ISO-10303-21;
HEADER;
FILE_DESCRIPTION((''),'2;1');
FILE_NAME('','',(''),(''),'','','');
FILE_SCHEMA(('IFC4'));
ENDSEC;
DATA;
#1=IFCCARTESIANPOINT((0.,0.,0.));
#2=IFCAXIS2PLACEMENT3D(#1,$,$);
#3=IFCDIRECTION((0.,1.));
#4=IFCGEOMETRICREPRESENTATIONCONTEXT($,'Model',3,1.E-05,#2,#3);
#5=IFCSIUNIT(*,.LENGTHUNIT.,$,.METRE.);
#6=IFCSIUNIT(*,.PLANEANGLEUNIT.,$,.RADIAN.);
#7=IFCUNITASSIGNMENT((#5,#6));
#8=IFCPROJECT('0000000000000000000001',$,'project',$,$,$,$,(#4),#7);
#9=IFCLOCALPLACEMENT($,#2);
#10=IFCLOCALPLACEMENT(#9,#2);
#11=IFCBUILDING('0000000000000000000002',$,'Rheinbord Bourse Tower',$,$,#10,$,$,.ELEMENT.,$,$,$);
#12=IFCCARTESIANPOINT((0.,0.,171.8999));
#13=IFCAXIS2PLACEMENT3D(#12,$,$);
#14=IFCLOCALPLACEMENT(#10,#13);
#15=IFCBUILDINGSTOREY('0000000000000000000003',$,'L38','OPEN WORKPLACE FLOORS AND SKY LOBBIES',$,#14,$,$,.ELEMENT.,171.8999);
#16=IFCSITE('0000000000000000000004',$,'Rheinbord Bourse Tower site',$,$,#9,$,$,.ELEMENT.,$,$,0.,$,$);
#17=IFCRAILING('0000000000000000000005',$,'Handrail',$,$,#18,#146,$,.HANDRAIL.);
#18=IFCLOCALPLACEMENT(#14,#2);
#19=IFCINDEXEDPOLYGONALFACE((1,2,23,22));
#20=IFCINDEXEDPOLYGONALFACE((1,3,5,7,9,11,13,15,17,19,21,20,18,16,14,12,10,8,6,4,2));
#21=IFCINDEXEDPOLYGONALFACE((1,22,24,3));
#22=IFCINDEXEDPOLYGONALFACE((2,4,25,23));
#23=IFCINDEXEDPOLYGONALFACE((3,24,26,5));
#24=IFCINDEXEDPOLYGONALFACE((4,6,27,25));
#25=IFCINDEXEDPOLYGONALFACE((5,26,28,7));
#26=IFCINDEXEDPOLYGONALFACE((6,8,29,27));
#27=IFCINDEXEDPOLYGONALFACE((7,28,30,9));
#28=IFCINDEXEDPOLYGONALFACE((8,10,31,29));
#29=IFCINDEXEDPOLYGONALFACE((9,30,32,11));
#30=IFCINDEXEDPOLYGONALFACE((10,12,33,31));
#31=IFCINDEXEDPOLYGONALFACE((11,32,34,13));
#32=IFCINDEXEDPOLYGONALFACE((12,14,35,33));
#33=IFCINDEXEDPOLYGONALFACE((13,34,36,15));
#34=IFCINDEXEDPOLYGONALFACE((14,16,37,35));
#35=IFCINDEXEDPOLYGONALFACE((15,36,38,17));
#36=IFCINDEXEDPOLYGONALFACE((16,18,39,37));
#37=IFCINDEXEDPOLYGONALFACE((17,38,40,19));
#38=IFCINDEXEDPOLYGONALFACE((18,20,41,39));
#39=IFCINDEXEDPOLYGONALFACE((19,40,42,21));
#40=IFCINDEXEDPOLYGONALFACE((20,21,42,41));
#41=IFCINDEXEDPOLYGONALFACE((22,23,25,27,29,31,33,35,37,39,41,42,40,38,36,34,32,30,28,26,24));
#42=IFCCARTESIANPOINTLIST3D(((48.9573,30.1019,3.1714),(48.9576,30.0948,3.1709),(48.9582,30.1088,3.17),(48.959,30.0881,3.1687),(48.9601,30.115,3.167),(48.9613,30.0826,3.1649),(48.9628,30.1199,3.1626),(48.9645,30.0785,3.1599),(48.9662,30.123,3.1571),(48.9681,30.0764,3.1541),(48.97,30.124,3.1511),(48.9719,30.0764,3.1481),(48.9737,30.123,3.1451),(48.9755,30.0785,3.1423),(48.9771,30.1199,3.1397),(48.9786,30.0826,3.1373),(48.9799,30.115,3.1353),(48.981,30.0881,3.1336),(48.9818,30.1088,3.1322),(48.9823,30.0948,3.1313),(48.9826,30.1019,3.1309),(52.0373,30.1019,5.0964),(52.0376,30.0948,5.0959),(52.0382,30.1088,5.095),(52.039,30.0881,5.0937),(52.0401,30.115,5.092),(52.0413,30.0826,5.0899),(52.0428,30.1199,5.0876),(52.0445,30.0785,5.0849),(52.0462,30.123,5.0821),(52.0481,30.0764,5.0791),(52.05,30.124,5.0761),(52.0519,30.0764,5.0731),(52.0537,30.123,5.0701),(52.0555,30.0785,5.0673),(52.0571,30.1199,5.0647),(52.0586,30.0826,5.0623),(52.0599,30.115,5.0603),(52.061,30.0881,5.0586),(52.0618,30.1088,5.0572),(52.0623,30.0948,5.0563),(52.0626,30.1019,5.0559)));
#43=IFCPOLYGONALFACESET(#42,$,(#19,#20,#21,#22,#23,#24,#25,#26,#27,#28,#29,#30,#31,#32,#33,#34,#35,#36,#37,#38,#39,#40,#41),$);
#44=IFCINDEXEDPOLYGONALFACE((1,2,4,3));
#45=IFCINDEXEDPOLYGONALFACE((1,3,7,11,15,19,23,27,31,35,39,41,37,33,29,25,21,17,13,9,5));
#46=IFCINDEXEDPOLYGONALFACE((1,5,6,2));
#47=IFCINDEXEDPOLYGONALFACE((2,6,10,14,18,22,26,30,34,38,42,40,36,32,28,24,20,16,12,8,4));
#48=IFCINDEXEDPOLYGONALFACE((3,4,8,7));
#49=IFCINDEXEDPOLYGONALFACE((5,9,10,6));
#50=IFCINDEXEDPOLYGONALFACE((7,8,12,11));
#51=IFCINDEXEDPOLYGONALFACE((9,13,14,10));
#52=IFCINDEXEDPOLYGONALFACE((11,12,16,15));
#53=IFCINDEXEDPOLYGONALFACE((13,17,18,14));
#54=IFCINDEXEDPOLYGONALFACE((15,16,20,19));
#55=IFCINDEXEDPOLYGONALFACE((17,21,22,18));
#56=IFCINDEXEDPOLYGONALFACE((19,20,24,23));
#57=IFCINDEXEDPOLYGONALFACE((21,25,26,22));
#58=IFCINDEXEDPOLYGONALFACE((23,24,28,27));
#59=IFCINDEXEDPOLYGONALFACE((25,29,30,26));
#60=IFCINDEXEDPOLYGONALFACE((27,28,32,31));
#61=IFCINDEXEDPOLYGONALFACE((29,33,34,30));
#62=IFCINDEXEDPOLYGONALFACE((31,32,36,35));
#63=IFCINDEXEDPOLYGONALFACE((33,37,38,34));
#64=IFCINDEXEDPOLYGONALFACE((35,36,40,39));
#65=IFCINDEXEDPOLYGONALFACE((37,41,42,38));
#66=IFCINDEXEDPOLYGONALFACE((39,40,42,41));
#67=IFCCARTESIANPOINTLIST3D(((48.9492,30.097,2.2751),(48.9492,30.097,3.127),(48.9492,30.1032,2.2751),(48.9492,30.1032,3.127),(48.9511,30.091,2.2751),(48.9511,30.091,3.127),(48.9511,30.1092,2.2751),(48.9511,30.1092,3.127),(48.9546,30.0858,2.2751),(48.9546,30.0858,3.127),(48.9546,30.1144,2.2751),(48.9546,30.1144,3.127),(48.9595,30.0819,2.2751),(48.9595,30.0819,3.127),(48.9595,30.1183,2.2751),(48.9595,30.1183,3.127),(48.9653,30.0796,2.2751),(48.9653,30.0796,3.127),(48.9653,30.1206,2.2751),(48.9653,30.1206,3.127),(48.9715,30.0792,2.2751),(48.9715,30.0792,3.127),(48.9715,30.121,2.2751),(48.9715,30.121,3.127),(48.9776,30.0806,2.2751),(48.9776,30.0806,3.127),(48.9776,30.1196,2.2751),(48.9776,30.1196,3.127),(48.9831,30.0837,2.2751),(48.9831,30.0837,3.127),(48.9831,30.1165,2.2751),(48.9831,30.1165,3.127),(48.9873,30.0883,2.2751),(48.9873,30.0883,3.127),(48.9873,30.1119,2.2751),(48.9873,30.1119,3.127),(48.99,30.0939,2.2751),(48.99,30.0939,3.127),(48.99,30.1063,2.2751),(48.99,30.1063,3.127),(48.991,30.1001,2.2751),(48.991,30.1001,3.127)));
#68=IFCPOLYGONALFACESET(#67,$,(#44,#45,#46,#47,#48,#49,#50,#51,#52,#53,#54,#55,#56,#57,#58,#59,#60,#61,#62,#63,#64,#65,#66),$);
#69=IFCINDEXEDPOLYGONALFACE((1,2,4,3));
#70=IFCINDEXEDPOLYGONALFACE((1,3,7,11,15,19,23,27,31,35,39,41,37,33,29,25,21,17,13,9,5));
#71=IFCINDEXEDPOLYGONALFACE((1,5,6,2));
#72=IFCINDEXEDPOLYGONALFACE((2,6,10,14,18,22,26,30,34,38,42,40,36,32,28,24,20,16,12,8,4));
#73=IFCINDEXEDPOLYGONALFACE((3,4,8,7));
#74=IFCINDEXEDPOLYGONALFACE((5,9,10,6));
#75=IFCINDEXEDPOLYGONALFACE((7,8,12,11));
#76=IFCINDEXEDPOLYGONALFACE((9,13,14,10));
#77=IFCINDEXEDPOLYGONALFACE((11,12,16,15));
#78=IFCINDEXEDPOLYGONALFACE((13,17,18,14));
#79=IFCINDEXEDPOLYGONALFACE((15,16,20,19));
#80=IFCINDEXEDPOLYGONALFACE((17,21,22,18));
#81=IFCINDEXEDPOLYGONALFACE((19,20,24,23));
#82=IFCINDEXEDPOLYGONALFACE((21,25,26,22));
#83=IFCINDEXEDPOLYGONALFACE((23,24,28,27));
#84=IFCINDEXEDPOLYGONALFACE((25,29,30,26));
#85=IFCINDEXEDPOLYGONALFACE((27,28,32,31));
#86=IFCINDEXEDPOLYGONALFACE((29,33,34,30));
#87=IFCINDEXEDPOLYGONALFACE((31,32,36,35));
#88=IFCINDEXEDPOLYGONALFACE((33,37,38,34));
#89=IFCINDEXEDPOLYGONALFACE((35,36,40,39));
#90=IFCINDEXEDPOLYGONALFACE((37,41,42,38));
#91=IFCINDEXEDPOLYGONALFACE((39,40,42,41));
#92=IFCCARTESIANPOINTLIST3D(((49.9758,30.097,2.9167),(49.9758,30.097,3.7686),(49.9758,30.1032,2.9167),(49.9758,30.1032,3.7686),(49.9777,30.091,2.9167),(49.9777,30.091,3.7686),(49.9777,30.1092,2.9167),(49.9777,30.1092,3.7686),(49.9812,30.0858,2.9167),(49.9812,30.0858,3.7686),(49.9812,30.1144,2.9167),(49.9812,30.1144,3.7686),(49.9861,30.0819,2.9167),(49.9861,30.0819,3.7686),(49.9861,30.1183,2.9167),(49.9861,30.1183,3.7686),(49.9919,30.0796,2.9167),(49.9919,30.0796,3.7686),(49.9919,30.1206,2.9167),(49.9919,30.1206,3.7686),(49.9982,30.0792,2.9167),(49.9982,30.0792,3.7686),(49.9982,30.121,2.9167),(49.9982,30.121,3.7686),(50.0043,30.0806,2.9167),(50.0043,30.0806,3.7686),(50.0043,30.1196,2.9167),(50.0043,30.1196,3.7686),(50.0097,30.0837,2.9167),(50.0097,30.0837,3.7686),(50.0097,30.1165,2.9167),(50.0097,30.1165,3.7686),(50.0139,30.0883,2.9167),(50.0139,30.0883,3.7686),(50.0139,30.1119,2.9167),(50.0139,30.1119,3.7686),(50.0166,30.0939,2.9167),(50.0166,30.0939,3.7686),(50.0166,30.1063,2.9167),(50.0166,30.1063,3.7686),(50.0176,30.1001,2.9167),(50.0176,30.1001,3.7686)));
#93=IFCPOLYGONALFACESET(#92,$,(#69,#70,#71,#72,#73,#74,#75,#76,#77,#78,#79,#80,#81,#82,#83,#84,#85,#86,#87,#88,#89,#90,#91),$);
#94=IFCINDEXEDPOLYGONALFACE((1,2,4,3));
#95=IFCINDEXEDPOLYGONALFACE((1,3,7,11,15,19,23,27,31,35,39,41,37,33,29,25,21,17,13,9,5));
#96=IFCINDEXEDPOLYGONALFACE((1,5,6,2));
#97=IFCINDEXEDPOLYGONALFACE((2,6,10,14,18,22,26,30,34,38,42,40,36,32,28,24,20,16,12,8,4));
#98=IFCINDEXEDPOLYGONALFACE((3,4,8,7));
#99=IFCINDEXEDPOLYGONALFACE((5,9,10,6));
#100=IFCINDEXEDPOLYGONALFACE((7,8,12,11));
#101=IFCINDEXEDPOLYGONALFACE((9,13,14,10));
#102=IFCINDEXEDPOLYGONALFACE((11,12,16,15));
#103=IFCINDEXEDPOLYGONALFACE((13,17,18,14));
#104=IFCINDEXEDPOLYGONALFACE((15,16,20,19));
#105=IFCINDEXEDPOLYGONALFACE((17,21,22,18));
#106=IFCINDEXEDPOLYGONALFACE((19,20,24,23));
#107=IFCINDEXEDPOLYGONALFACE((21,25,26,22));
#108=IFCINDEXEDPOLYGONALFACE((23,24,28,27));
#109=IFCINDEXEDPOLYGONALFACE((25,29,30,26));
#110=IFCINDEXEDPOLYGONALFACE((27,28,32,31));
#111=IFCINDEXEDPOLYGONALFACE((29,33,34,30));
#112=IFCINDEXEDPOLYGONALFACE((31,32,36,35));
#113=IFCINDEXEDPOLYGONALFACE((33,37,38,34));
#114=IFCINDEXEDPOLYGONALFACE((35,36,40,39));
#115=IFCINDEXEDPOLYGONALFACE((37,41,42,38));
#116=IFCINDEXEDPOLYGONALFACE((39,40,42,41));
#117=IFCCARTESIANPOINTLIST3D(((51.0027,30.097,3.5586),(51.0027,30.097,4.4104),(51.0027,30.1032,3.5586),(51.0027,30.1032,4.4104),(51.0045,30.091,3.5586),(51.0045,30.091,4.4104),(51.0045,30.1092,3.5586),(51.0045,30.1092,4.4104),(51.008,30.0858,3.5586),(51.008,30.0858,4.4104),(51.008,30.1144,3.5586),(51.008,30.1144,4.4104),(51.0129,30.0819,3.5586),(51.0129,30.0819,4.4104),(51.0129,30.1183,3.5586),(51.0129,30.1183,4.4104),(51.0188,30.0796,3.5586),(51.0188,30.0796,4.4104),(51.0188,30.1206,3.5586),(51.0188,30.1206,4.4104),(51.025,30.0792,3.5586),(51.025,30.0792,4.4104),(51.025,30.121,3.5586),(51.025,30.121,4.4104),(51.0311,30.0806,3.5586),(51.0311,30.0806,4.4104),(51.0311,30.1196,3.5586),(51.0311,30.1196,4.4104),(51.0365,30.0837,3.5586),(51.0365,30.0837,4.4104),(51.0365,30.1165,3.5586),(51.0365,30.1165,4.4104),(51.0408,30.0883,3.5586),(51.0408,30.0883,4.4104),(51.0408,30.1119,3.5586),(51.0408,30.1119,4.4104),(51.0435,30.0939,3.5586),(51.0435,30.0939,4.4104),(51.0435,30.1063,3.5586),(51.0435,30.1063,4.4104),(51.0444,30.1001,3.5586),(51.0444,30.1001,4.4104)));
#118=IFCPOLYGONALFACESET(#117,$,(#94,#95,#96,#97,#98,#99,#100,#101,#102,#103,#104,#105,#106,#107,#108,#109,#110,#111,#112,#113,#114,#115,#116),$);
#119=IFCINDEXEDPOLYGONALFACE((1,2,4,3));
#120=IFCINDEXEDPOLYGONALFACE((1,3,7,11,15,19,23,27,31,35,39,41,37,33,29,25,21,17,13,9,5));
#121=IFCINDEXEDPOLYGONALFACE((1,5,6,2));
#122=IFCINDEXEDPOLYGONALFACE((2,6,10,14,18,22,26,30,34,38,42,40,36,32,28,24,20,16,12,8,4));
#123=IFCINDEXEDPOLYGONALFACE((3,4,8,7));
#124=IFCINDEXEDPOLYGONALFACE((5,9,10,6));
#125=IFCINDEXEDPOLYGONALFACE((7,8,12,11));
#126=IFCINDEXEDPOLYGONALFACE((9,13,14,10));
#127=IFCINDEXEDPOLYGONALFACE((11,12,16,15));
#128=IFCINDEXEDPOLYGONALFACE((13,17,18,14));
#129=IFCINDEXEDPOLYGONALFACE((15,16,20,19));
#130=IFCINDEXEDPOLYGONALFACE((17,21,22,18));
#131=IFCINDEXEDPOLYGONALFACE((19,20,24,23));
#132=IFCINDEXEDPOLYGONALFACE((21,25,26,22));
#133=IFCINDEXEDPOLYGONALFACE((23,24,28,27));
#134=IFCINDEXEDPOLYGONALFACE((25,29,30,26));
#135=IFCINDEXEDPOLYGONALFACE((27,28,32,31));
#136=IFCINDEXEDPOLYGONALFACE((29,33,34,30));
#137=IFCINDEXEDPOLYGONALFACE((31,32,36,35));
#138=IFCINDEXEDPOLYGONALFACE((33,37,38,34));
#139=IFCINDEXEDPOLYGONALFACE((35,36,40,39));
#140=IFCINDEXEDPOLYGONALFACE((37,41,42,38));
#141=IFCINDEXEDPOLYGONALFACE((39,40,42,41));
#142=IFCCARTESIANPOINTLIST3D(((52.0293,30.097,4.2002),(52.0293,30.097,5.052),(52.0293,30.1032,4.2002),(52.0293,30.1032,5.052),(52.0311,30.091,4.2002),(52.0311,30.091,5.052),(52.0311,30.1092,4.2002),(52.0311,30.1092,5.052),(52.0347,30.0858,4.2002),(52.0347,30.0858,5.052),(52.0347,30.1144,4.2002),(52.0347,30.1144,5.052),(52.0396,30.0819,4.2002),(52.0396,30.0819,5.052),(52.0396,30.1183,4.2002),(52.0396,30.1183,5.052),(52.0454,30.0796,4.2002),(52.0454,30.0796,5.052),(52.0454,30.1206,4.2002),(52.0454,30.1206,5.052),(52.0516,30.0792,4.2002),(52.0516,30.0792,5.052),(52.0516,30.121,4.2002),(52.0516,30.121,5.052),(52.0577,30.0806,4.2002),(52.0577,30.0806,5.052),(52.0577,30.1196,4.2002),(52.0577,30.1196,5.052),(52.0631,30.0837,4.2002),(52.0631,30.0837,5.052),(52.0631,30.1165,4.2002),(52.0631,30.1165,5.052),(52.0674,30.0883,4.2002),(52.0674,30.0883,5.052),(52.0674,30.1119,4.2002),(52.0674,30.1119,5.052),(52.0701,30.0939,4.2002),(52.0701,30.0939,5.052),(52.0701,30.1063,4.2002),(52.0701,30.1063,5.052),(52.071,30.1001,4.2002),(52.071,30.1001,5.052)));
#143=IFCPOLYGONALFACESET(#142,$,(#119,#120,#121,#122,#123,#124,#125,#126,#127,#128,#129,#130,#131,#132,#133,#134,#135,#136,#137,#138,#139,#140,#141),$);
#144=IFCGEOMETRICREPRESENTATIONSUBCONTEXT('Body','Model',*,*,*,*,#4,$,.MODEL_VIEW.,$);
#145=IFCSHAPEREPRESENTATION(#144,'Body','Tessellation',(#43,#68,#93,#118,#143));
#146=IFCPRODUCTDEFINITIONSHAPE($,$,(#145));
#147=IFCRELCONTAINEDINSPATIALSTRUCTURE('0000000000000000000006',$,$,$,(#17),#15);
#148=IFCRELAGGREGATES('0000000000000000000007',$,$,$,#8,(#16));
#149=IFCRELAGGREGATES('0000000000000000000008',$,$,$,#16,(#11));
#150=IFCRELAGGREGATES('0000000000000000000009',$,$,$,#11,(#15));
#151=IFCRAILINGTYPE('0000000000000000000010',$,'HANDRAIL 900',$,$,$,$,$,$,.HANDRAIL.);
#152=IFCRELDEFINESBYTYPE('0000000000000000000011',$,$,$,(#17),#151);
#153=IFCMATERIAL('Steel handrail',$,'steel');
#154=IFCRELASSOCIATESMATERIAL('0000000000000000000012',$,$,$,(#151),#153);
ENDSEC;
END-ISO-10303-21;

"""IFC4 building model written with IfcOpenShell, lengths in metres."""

from ifc_helpers import new_model, si_unit, direction, frame, origin, origin_2d, place, context, subcontext, project, spatial, circle, extrude, material, type_object, element, save


model = new_model("IFC4")

# Units and contexts
model_context = context("Model", 3, precision=1e-05, world=origin(), true_north=direction((0.0, 1.0)))
body_context = subcontext(model_context, "Body", "Model", "MODEL_VIEW")
ifc_project = project(units=[si_unit("LENGTHUNIT", "METRE"), si_unit("PLANEANGLEUNIT", "RADIAN")], contexts=[model_context])

# Site, building, storey
site_placement = place(None, origin())
site = spatial("IfcSite", under=ifc_project, at=site_placement, Name="Rheinbord Bourse Tower site", CompositionType="ELEMENT", RefElevation=0.0)
building_placement = place(site_placement, origin())
building = spatial("IfcBuilding", under=site, at=building_placement, Name="Rheinbord Bourse Tower", CompositionType="ELEMENT")
storey_placement = place(building_placement, frame((0.0, 0.0, 171.8999)))
storey = spatial("IfcBuildingStorey", under=building, at=storey_placement, Name="L38", Description="OPEN WORKPLACE FLOORS AND SKY LOBBIES", CompositionType="ELEMENT", Elevation=171.8999)

# Railing
ifc_material_1 = material(Name="Steel handrail", Category="steel")
railing_type = type_object("IfcRailingType", Name="HANDRAIL 900", PredefinedType="HANDRAIL", material=ifc_material_1)
railing_1_placement = place(storey_placement, frame((48.97, 30.1001, 2.2751)))
element("IfcRailing", 1, at=railing_1_placement, inside=storey, type_object=railing_type, Name="Handrail", PredefinedType="HANDRAIL", context=body_context, shape_type="SweptSolid", body=[
    extrude(circle(Radius=0.0239, at=origin_2d()), frame((0.0, 0.0, 0.876), z_axis=(0.847998, 0.0, 0.529999), x_axis=(0.0, 1.0, 0.0)), (0.0, 0.0, 1.0), 3.6321),
    extrude(circle(Radius=0.021, at=origin_2d()), origin(), (0.0, 0.0, 1.0), 0.8518),
    extrude(circle(Radius=0.021, at=origin_2d()), frame((1.0266, 0.0, 0.6416)), (0.0, 0.0, 1.0), 0.8518),
    extrude(circle(Radius=0.021, at=origin_2d()), frame((2.0535, 0.0, 1.2834)), (0.0, 0.0, 1.0), 0.8518),
    extrude(circle(Radius=0.021, at=origin_2d()), frame((3.0801, 0.0, 1.925)), (0.0, 0.0, 1.0), 0.8518),
])

save(model, "model.ifc")
